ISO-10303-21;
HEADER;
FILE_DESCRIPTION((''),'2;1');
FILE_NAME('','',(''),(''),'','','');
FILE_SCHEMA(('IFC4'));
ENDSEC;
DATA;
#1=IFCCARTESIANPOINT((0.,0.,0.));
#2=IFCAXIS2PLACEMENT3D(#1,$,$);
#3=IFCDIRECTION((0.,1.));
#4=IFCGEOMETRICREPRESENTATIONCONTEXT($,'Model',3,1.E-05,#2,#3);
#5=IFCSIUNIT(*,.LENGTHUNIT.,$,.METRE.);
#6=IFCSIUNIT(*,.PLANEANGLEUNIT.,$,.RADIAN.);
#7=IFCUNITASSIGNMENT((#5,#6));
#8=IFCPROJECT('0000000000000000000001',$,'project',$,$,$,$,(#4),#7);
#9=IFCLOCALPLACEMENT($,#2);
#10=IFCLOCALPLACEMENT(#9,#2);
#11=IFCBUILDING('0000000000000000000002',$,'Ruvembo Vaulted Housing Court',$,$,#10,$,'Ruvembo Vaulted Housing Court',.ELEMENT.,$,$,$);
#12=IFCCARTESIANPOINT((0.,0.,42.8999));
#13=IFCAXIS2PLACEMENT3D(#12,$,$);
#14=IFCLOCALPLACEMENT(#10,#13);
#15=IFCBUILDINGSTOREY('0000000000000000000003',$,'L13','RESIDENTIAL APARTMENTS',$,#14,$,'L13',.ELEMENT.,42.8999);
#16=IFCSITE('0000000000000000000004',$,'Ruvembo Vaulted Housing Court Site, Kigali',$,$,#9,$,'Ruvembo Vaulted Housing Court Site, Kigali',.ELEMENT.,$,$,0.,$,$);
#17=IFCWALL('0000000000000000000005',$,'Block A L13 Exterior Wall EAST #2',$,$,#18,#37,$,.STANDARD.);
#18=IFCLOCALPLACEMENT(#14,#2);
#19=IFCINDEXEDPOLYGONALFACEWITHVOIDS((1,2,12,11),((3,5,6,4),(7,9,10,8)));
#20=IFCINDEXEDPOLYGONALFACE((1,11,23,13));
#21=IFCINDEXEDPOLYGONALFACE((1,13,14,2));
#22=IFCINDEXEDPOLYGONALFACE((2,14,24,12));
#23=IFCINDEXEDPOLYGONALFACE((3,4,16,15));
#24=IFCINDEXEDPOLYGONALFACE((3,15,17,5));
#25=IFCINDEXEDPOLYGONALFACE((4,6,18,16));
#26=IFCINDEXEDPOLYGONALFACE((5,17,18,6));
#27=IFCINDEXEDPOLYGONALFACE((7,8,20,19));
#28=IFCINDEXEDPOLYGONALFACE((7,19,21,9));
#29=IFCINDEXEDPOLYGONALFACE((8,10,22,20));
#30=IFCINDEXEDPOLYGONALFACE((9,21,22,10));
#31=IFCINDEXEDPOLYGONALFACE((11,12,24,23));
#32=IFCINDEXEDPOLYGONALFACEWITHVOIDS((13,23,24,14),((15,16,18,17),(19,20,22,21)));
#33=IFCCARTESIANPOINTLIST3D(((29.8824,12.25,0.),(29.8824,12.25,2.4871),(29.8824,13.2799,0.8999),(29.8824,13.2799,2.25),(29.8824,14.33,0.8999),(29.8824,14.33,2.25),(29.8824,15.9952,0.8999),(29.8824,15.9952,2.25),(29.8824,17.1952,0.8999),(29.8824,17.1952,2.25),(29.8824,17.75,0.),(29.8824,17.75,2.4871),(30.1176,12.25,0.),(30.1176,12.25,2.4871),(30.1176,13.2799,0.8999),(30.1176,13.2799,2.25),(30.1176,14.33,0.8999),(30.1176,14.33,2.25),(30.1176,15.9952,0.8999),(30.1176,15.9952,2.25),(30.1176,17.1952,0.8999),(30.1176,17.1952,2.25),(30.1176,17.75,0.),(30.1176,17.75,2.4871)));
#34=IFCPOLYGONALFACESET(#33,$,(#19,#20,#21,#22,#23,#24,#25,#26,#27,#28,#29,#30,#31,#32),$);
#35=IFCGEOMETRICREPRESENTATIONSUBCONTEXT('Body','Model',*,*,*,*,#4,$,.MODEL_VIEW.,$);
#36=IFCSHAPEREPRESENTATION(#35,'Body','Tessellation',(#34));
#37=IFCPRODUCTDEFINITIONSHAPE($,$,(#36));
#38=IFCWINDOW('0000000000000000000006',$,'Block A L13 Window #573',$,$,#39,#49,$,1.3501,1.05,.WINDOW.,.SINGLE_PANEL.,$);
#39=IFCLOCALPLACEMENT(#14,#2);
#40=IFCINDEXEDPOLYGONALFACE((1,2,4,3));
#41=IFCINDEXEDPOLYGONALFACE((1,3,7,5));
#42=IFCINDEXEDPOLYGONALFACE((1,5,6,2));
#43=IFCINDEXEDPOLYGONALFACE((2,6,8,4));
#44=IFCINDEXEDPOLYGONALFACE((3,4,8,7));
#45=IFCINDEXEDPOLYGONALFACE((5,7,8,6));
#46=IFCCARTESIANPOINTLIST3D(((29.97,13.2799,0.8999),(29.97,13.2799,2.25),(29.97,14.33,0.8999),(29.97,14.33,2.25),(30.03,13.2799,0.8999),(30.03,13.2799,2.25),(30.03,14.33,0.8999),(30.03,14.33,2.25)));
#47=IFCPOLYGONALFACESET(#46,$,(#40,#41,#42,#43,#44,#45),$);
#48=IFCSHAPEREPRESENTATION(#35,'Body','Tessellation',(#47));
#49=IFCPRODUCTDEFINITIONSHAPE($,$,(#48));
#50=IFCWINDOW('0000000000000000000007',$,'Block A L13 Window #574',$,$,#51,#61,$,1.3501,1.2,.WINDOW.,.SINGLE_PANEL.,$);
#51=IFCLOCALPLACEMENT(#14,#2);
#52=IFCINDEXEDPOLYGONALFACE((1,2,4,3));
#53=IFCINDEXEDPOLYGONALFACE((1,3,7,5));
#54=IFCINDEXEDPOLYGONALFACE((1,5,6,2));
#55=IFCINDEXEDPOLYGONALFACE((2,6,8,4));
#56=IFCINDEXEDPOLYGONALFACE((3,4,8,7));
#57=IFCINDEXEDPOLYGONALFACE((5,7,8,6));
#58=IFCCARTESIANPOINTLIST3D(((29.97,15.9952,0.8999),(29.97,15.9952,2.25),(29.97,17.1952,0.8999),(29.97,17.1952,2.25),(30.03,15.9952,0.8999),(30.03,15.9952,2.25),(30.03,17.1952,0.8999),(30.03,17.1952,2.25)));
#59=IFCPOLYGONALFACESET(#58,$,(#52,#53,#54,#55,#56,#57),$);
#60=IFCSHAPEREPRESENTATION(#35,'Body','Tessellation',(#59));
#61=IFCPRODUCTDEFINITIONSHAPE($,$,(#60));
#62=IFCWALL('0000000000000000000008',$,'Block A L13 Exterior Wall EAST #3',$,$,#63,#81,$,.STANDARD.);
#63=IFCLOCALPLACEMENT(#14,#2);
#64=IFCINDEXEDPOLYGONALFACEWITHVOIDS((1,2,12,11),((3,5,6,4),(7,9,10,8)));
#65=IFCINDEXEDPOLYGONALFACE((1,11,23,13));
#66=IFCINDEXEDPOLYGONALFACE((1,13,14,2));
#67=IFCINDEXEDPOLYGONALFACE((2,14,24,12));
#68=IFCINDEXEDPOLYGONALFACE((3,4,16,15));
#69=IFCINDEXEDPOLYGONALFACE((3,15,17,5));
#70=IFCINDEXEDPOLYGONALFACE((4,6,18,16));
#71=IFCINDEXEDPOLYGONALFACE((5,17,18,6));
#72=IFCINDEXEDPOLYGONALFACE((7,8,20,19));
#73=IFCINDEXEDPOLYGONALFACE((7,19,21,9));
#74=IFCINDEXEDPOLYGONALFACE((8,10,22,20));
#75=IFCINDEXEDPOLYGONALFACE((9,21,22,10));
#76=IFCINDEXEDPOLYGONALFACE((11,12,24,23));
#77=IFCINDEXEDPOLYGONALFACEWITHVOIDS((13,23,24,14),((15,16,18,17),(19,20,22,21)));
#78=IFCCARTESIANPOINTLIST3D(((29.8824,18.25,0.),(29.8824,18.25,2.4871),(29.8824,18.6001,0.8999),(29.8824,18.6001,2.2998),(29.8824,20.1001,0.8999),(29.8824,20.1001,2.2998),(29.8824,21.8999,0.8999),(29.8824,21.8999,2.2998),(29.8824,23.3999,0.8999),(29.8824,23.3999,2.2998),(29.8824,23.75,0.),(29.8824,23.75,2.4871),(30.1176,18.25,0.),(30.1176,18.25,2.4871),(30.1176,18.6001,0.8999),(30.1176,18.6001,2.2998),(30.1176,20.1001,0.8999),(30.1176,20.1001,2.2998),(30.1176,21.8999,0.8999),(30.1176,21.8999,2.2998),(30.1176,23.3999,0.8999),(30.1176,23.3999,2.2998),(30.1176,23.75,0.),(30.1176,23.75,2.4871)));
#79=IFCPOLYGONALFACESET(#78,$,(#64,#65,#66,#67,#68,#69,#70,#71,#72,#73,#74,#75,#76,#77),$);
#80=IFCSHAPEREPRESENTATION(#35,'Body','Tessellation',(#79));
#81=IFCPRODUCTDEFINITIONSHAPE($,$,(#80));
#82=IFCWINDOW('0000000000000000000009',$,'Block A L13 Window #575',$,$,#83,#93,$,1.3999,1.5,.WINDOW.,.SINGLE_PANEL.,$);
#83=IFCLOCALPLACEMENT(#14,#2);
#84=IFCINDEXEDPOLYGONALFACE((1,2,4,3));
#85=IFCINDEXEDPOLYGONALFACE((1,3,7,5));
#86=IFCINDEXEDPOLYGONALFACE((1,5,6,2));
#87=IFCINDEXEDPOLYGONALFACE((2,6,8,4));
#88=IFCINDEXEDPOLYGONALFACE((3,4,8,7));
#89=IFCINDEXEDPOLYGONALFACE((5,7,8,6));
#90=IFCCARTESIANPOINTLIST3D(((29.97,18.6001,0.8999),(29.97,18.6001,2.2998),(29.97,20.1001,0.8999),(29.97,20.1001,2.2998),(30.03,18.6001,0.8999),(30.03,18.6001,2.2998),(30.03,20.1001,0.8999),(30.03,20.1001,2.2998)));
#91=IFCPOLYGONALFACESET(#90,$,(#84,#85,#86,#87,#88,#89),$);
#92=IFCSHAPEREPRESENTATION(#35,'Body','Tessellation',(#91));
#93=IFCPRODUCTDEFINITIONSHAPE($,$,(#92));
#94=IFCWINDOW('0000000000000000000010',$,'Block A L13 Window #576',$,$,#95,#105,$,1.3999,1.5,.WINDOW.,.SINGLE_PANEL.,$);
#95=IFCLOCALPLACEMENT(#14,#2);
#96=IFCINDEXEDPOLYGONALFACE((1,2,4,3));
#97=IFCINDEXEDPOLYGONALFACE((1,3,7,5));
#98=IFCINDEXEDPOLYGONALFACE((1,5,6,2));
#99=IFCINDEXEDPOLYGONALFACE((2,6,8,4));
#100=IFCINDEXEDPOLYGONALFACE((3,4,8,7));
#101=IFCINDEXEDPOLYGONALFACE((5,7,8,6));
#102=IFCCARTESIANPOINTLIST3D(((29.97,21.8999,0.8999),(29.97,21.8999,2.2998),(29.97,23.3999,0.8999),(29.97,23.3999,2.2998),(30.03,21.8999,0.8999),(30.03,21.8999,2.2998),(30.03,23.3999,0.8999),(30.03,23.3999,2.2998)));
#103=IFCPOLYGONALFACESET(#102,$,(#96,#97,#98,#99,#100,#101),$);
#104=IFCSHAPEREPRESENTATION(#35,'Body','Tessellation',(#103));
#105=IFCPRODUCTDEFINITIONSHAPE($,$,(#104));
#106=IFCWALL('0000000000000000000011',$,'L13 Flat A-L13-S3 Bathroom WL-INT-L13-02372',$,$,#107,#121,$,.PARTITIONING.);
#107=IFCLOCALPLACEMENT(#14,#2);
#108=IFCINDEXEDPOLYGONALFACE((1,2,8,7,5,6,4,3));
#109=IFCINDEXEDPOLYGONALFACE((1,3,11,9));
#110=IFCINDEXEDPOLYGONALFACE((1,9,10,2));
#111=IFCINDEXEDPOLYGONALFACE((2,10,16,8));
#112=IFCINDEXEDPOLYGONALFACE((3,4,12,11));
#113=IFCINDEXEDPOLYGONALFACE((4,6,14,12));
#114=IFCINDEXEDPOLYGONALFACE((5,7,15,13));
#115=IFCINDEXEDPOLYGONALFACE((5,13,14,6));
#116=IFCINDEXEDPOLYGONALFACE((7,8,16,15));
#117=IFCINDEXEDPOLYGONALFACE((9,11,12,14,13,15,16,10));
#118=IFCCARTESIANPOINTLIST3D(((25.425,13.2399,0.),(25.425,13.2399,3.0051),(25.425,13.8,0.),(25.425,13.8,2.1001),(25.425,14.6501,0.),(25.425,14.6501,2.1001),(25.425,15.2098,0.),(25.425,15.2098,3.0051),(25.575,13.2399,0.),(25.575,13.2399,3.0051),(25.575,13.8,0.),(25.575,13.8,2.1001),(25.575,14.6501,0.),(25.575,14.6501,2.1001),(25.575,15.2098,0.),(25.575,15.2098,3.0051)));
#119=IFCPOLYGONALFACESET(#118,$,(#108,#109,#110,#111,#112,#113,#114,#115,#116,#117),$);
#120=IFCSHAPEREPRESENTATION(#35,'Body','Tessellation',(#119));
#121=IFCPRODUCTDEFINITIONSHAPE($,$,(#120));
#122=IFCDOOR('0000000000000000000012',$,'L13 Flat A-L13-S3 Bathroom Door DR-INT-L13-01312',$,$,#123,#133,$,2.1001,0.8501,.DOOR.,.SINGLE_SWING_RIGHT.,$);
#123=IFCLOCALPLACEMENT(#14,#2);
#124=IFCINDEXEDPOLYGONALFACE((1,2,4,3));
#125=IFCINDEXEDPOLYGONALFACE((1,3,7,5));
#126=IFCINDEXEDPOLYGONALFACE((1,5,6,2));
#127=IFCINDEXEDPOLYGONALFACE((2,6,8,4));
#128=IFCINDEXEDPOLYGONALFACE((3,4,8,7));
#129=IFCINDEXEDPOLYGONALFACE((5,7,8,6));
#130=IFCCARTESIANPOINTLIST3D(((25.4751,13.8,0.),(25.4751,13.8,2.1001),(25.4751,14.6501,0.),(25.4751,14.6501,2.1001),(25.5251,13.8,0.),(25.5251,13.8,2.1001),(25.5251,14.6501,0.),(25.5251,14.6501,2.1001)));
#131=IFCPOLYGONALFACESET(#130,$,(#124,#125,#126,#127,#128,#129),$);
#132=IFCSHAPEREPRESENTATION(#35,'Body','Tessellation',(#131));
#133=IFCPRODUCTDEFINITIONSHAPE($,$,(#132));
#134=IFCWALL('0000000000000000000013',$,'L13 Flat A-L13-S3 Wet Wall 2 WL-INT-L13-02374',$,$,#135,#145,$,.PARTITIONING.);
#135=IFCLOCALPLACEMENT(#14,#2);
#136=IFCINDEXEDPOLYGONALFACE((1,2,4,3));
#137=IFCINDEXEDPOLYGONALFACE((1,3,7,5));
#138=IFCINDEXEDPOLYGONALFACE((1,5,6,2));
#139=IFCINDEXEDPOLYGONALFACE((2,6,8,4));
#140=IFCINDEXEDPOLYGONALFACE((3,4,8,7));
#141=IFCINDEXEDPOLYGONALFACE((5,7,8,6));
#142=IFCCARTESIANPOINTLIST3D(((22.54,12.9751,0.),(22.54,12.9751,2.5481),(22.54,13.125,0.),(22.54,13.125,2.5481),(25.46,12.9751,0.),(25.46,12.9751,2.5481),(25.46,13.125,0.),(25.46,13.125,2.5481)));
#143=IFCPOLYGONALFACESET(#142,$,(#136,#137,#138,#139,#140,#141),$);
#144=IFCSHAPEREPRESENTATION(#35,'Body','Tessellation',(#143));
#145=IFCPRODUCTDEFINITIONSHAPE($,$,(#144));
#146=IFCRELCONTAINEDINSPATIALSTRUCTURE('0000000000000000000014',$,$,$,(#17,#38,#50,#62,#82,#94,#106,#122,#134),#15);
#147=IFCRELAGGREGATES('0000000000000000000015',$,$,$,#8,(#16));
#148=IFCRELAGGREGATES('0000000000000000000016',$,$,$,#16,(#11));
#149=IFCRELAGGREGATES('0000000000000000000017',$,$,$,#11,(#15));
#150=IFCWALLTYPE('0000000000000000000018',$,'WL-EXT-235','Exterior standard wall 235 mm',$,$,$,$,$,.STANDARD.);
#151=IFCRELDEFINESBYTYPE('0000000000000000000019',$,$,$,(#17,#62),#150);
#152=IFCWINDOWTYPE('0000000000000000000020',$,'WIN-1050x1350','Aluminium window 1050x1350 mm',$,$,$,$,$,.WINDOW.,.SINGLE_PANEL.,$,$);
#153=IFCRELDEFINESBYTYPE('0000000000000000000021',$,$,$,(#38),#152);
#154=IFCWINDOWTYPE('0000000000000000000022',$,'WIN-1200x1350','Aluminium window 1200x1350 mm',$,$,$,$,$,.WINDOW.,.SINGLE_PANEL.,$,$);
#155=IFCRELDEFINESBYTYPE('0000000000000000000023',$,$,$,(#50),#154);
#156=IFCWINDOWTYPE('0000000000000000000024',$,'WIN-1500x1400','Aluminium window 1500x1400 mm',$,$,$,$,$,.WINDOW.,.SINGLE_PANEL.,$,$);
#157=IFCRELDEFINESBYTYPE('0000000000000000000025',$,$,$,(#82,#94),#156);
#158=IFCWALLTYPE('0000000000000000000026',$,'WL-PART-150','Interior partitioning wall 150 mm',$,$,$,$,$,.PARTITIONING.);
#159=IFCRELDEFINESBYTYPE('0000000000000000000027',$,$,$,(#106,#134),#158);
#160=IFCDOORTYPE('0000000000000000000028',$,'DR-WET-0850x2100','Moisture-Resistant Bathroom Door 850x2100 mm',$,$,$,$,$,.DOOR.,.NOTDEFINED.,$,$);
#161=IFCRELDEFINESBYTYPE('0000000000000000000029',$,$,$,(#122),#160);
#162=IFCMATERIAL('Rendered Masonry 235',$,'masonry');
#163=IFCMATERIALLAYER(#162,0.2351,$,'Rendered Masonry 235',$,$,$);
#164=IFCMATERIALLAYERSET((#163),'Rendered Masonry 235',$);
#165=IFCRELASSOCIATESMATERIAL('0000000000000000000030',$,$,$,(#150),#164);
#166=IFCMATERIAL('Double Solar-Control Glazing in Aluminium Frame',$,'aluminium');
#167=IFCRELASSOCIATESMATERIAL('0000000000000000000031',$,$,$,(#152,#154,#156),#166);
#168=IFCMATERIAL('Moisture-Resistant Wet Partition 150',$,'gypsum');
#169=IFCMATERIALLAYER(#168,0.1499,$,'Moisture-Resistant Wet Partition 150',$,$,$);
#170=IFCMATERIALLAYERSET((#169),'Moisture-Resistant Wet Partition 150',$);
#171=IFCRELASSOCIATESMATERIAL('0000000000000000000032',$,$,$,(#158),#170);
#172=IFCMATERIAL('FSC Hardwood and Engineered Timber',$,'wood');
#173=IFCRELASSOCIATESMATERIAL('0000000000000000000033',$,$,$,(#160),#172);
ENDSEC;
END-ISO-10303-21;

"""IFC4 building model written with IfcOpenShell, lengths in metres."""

from ifc_helpers import new_model, si_unit, direction, frame, frame_2d, origin, place, context, subcontext, project, spatial, rectangle, extrude, material, layer, layer_set, type_object, element, fill, save


model = new_model("IFC4")

# Units and contexts
model_context = context("Model", 3, precision=1e-05, world=origin(), true_north=direction((0.0, 1.0)))
body_context = subcontext(model_context, "Body", "Model", "MODEL_VIEW")
ifc_project = project(units=[si_unit("LENGTHUNIT", "METRE"), si_unit("PLANEANGLEUNIT", "RADIAN")], contexts=[model_context])

# Site, building, storey
site_placement = place(None, origin())
site = spatial("IfcSite", under=ifc_project, at=site_placement, Name="Ruvembo Vaulted Housing Court Site, Kigali", LongName="Ruvembo Vaulted Housing Court Site, Kigali", CompositionType="ELEMENT", RefElevation=0.0)
building_placement = place(site_placement, origin())
building = spatial("IfcBuilding", under=site, at=building_placement, Name="Ruvembo Vaulted Housing Court", LongName="Ruvembo Vaulted Housing Court", CompositionType="ELEMENT")
storey_placement = place(building_placement, frame((0.0, 0.0, 42.8999)))
storey = spatial("IfcBuildingStorey", under=building, at=storey_placement, Name="L13", Description="RESIDENTIAL APARTMENTS", LongName="L13", CompositionType="ELEMENT", Elevation=42.8999)

# Shared definitions
ifc_material_1 = material(Name="FSC Hardwood and Engineered Timber", Category="wood")

# Walls, openings, windows
ifc_material_2 = material(Name="Rendered Masonry 235", Category="masonry")
ifc_layer_1 = layer(ifc_material_2, 0.2351, Name="Rendered Masonry 235")
ifc_layer_set_1 = layer_set([ifc_layer_1], Name="Rendered Masonry 235")
wall_type_1 = type_object("IfcWallType", Name="WL-EXT-235", Description="Exterior standard wall 235 mm", PredefinedType="STANDARD", material=ifc_layer_set_1)
wall_1_placement = place(storey_placement, frame((30.0, 12.25, 0.0), z_axis=(0.0, 0.0, 1.0), x_axis=(0.0, 1.0, 0.0)))
wall_1 = element("IfcWall", 1, at=wall_1_placement, inside=storey, type_object=wall_type_1, Name="Block A L13 Exterior Wall EAST #2", PredefinedType="STANDARD", context=body_context, shape_type="SweptSolid", body=[
    extrude(rectangle(XDim=5.5, YDim=0.2351, at=frame_2d((2.75, 0.0))), origin(), (0.0, 0.0, 1.0), 2.4871),
])
opening_1_placement = place(wall_1_placement, frame((1.03, 0.0, 0.8999)))
opening_1 = element("IfcOpeningElement", 2, at=opening_1_placement, cuts=wall_1, PredefinedType="OPENING", context=body_context, shape_type="SweptSolid", body=[
    extrude(rectangle(XDim=1.05, YDim=1.3501, at=frame_2d((0.5249, 0.675))), frame((0.0, 0.1274, 0.0), z_axis=(0.0, -1.0, 0.0), x_axis=(1.0, 0.0, 0.0)), (0.0, 0.0, 1.0), 0.2551),
])
opening_2_placement = place(wall_1_placement, frame((3.7451, 0.0, 0.8999)))
opening_2 = element("IfcOpeningElement", 3, at=opening_2_placement, cuts=wall_1, PredefinedType="OPENING", context=body_context, shape_type="SweptSolid", body=[
    extrude(rectangle(XDim=1.2, YDim=1.3501, at=frame_2d((0.6001, 0.675))), frame((0.0, 0.1274, 0.0), z_axis=(0.0, -1.0, 0.0), x_axis=(1.0, 0.0, 0.0)), (0.0, 0.0, 1.0), 0.2551),
])
ifc_material_3 = material(Name="Double Solar-Control Glazing in Aluminium Frame", Category="aluminium")
window_type_1 = type_object("IfcWindowType", Name="WIN-1050x1350", Description="Aluminium window 1050x1350 mm", PartitioningType="SINGLE_PANEL", PredefinedType="WINDOW", material=ifc_material_3)
window_1_placement = place(opening_1_placement, origin())
window_1 = element("IfcWindow", 4, at=window_1_placement, inside=storey, type_object=window_type_1, Name="Block A L13 Window #573", OverallHeight=1.3501, OverallWidth=1.05, PartitioningType="SINGLE_PANEL", PredefinedType="WINDOW", context=body_context, shape_type="SweptSolid", body=[
    extrude(rectangle(XDim=1.05, YDim=1.3501, at=frame_2d((0.5249, 0.675))), frame((0.0, 0.03, 0.0), z_axis=(0.0, -1.0, 0.0), x_axis=(1.0, 0.0, 0.0)), (0.0, 0.0, 1.0), 0.0601),
])
fill(opening_1, window_1)
window_type_2 = type_object("IfcWindowType", Name="WIN-1200x1350", Description="Aluminium window 1200x1350 mm", PartitioningType="SINGLE_PANEL", PredefinedType="WINDOW", material=ifc_material_3)
window_2_placement = place(opening_2_placement, origin())
window_2 = element("IfcWindow", 5, at=window_2_placement, inside=storey, type_object=window_type_2, Name="Block A L13 Window #574", OverallHeight=1.3501, OverallWidth=1.2, PartitioningType="SINGLE_PANEL", PredefinedType="WINDOW", context=body_context, shape_type="SweptSolid", body=[
    extrude(rectangle(XDim=1.2, YDim=1.3501, at=frame_2d((0.6001, 0.675))), frame((0.0, 0.03, 0.0), z_axis=(0.0, -1.0, 0.0), x_axis=(1.0, 0.0, 0.0)), (0.0, 0.0, 1.0), 0.0601),
])
fill(opening_2, window_2)
wall_2_placement = place(storey_placement, frame((30.0, 18.25, 0.0), z_axis=(0.0, 0.0, 1.0), x_axis=(0.0, 1.0, 0.0)))
wall_2 = element("IfcWall", 6, at=wall_2_placement, inside=storey, type_object=wall_type_1, Name="Block A L13 Exterior Wall EAST #3", PredefinedType="STANDARD", context=body_context, shape_type="SweptSolid", body=[
    extrude(rectangle(XDim=5.5, YDim=0.2351, at=frame_2d((2.75, 0.0))), origin(), (0.0, 0.0, 1.0), 2.4871),
])
opening_3_placement = place(wall_2_placement, frame((0.3501, 0.0, 0.8999)))
opening_3 = element("IfcOpeningElement", 7, at=opening_3_placement, cuts=wall_2, PredefinedType="OPENING", context=body_context, shape_type="SweptSolid", body=[
    extrude(rectangle(XDim=1.5, YDim=1.3999, at=frame_2d((0.75, 0.7))), frame((0.0, 0.1274, 0.0), z_axis=(0.0, -1.0, 0.0), x_axis=(1.0, 0.0, 0.0)), (0.0, 0.0, 1.0), 0.2551),
])
opening_4_placement = place(wall_2_placement, frame((3.6499, 0.0, 0.8999)))
opening_4 = element("IfcOpeningElement", 8, at=opening_4_placement, cuts=wall_2, PredefinedType="OPENING", context=body_context, shape_type="SweptSolid", body=[
    extrude(rectangle(XDim=1.5, YDim=1.3999, at=frame_2d((0.75, 0.7))), frame((0.0, 0.1274, 0.0), z_axis=(0.0, -1.0, 0.0), x_axis=(1.0, 0.0, 0.0)), (0.0, 0.0, 1.0), 0.2551),
])
window_type_3 = type_object("IfcWindowType", Name="WIN-1500x1400", Description="Aluminium window 1500x1400 mm", PartitioningType="SINGLE_PANEL", PredefinedType="WINDOW", material=ifc_material_3)
window_3_placement = place(opening_3_placement, origin())
window_3 = element("IfcWindow", 9, at=window_3_placement, inside=storey, type_object=window_type_3, Name="Block A L13 Window #575", OverallHeight=1.3999, OverallWidth=1.5, PartitioningType="SINGLE_PANEL", PredefinedType="WINDOW", context=body_context, shape_type="SweptSolid", body=[
    extrude(rectangle(XDim=1.5, YDim=1.3999, at=frame_2d((0.75, 0.7))), frame((0.0, 0.03, 0.0), z_axis=(0.0, -1.0, 0.0), x_axis=(1.0, 0.0, 0.0)), (0.0, 0.0, 1.0), 0.0601),
])
fill(opening_3, window_3)
window_4_placement = place(opening_4_placement, origin())
window_4 = element("IfcWindow", 10, at=window_4_placement, inside=storey, type_object=window_type_3, Name="Block A L13 Window #576", OverallHeight=1.3999, OverallWidth=1.5, PartitioningType="SINGLE_PANEL", PredefinedType="WINDOW", context=body_context, shape_type="SweptSolid", body=[
    extrude(rectangle(XDim=1.5, YDim=1.3999, at=frame_2d((0.75, 0.7))), frame((0.0, 0.03, 0.0), z_axis=(0.0, -1.0, 0.0), x_axis=(1.0, 0.0, 0.0)), (0.0, 0.0, 1.0), 0.0601),
])
fill(opening_4, window_4)

# Wall, opening, door
ifc_material_4 = material(Name="Moisture-Resistant Wet Partition 150", Category="gypsum")
ifc_layer_2 = layer(ifc_material_4, 0.1499, Name="Moisture-Resistant Wet Partition 150")
ifc_layer_set_2 = layer_set([ifc_layer_2], Name="Moisture-Resistant Wet Partition 150")
wall_type_2 = type_object("IfcWallType", Name="WL-PART-150", Description="Interior partitioning wall 150 mm", PredefinedType="PARTITIONING", material=ifc_layer_set_2)
wall_3_placement = place(storey_placement, frame((25.5, 13.24, 0.0), z_axis=(0.0, 0.0, 1.0), x_axis=(0.0, 1.0, 0.0)))
wall_3 = element("IfcWall", 11, at=wall_3_placement, inside=storey, type_object=wall_type_2, Name="L13 Flat A-L13-S3 Bathroom WL-INT-L13-02372", PredefinedType="PARTITIONING", context=body_context, shape_type="SweptSolid", body=[
    extrude(rectangle(XDim=1.97, YDim=0.1499, at=frame_2d((0.9849, 0.0))), origin(), (0.0, 0.0, 1.0), 3.0051),
])
opening_5_placement = place(wall_3_placement, frame((0.5601, 0.0, 0.0)))
opening_5 = element("IfcOpeningElement", 12, at=opening_5_placement, cuts=wall_3, PredefinedType="OPENING", context=body_context, shape_type="SweptSolid", body=[
    extrude(rectangle(XDim=0.8501, YDim=2.1001, at=frame_2d((0.425, 1.05))), frame((0.0, 0.085, 0.0), z_axis=(0.0, -1.0, 0.0), x_axis=(1.0, 0.0, 0.0)), (0.0, 0.0, 1.0), 0.1699),
])
door_type_1 = type_object("IfcDoorType", Name="DR-WET-0850x2100", Description="Moisture-Resistant Bathroom Door 850x2100 mm", OperationType="NOTDEFINED", PredefinedType="DOOR", material=ifc_material_1)
door_1_placement = place(opening_5_placement, origin())
door_1 = element("IfcDoor", 13, at=door_1_placement, inside=storey, type_object=door_type_1, Name="L13 Flat A-L13-S3 Bathroom Door DR-INT-L13-01312", OperationType="SINGLE_SWING_RIGHT", OverallHeight=2.1001, OverallWidth=0.8501, PredefinedType="DOOR", context=body_context, shape_type="SweptSolid", body=[
    extrude(rectangle(XDim=0.8501, YDim=2.1001, at=frame_2d((0.425, 1.05))), frame((0.0, 0.0249, 0.0), z_axis=(0.0, -1.0, 0.0), x_axis=(1.0, 0.0, 0.0)), (0.0, 0.0, 1.0), 0.05),
])
fill(opening_5, door_1)

# Wall
wall_4_placement = place(storey_placement, frame((22.54, 13.05, 0.0), z_axis=(0.0, 0.0, 1.0), x_axis=(1.0, 0.0, 0.0)))
element("IfcWall", 14, at=wall_4_placement, inside=storey, type_object=wall_type_2, Name="L13 Flat A-L13-S3 Wet Wall 2 WL-INT-L13-02374", PredefinedType="PARTITIONING", context=body_context, shape_type="SweptSolid", body=[
    extrude(rectangle(XDim=2.9199, YDim=0.1499, at=frame_2d((1.46, 0.0))), origin(), (0.0, 0.0, 1.0), 2.5481),
])

save(model, "model.ifc")
